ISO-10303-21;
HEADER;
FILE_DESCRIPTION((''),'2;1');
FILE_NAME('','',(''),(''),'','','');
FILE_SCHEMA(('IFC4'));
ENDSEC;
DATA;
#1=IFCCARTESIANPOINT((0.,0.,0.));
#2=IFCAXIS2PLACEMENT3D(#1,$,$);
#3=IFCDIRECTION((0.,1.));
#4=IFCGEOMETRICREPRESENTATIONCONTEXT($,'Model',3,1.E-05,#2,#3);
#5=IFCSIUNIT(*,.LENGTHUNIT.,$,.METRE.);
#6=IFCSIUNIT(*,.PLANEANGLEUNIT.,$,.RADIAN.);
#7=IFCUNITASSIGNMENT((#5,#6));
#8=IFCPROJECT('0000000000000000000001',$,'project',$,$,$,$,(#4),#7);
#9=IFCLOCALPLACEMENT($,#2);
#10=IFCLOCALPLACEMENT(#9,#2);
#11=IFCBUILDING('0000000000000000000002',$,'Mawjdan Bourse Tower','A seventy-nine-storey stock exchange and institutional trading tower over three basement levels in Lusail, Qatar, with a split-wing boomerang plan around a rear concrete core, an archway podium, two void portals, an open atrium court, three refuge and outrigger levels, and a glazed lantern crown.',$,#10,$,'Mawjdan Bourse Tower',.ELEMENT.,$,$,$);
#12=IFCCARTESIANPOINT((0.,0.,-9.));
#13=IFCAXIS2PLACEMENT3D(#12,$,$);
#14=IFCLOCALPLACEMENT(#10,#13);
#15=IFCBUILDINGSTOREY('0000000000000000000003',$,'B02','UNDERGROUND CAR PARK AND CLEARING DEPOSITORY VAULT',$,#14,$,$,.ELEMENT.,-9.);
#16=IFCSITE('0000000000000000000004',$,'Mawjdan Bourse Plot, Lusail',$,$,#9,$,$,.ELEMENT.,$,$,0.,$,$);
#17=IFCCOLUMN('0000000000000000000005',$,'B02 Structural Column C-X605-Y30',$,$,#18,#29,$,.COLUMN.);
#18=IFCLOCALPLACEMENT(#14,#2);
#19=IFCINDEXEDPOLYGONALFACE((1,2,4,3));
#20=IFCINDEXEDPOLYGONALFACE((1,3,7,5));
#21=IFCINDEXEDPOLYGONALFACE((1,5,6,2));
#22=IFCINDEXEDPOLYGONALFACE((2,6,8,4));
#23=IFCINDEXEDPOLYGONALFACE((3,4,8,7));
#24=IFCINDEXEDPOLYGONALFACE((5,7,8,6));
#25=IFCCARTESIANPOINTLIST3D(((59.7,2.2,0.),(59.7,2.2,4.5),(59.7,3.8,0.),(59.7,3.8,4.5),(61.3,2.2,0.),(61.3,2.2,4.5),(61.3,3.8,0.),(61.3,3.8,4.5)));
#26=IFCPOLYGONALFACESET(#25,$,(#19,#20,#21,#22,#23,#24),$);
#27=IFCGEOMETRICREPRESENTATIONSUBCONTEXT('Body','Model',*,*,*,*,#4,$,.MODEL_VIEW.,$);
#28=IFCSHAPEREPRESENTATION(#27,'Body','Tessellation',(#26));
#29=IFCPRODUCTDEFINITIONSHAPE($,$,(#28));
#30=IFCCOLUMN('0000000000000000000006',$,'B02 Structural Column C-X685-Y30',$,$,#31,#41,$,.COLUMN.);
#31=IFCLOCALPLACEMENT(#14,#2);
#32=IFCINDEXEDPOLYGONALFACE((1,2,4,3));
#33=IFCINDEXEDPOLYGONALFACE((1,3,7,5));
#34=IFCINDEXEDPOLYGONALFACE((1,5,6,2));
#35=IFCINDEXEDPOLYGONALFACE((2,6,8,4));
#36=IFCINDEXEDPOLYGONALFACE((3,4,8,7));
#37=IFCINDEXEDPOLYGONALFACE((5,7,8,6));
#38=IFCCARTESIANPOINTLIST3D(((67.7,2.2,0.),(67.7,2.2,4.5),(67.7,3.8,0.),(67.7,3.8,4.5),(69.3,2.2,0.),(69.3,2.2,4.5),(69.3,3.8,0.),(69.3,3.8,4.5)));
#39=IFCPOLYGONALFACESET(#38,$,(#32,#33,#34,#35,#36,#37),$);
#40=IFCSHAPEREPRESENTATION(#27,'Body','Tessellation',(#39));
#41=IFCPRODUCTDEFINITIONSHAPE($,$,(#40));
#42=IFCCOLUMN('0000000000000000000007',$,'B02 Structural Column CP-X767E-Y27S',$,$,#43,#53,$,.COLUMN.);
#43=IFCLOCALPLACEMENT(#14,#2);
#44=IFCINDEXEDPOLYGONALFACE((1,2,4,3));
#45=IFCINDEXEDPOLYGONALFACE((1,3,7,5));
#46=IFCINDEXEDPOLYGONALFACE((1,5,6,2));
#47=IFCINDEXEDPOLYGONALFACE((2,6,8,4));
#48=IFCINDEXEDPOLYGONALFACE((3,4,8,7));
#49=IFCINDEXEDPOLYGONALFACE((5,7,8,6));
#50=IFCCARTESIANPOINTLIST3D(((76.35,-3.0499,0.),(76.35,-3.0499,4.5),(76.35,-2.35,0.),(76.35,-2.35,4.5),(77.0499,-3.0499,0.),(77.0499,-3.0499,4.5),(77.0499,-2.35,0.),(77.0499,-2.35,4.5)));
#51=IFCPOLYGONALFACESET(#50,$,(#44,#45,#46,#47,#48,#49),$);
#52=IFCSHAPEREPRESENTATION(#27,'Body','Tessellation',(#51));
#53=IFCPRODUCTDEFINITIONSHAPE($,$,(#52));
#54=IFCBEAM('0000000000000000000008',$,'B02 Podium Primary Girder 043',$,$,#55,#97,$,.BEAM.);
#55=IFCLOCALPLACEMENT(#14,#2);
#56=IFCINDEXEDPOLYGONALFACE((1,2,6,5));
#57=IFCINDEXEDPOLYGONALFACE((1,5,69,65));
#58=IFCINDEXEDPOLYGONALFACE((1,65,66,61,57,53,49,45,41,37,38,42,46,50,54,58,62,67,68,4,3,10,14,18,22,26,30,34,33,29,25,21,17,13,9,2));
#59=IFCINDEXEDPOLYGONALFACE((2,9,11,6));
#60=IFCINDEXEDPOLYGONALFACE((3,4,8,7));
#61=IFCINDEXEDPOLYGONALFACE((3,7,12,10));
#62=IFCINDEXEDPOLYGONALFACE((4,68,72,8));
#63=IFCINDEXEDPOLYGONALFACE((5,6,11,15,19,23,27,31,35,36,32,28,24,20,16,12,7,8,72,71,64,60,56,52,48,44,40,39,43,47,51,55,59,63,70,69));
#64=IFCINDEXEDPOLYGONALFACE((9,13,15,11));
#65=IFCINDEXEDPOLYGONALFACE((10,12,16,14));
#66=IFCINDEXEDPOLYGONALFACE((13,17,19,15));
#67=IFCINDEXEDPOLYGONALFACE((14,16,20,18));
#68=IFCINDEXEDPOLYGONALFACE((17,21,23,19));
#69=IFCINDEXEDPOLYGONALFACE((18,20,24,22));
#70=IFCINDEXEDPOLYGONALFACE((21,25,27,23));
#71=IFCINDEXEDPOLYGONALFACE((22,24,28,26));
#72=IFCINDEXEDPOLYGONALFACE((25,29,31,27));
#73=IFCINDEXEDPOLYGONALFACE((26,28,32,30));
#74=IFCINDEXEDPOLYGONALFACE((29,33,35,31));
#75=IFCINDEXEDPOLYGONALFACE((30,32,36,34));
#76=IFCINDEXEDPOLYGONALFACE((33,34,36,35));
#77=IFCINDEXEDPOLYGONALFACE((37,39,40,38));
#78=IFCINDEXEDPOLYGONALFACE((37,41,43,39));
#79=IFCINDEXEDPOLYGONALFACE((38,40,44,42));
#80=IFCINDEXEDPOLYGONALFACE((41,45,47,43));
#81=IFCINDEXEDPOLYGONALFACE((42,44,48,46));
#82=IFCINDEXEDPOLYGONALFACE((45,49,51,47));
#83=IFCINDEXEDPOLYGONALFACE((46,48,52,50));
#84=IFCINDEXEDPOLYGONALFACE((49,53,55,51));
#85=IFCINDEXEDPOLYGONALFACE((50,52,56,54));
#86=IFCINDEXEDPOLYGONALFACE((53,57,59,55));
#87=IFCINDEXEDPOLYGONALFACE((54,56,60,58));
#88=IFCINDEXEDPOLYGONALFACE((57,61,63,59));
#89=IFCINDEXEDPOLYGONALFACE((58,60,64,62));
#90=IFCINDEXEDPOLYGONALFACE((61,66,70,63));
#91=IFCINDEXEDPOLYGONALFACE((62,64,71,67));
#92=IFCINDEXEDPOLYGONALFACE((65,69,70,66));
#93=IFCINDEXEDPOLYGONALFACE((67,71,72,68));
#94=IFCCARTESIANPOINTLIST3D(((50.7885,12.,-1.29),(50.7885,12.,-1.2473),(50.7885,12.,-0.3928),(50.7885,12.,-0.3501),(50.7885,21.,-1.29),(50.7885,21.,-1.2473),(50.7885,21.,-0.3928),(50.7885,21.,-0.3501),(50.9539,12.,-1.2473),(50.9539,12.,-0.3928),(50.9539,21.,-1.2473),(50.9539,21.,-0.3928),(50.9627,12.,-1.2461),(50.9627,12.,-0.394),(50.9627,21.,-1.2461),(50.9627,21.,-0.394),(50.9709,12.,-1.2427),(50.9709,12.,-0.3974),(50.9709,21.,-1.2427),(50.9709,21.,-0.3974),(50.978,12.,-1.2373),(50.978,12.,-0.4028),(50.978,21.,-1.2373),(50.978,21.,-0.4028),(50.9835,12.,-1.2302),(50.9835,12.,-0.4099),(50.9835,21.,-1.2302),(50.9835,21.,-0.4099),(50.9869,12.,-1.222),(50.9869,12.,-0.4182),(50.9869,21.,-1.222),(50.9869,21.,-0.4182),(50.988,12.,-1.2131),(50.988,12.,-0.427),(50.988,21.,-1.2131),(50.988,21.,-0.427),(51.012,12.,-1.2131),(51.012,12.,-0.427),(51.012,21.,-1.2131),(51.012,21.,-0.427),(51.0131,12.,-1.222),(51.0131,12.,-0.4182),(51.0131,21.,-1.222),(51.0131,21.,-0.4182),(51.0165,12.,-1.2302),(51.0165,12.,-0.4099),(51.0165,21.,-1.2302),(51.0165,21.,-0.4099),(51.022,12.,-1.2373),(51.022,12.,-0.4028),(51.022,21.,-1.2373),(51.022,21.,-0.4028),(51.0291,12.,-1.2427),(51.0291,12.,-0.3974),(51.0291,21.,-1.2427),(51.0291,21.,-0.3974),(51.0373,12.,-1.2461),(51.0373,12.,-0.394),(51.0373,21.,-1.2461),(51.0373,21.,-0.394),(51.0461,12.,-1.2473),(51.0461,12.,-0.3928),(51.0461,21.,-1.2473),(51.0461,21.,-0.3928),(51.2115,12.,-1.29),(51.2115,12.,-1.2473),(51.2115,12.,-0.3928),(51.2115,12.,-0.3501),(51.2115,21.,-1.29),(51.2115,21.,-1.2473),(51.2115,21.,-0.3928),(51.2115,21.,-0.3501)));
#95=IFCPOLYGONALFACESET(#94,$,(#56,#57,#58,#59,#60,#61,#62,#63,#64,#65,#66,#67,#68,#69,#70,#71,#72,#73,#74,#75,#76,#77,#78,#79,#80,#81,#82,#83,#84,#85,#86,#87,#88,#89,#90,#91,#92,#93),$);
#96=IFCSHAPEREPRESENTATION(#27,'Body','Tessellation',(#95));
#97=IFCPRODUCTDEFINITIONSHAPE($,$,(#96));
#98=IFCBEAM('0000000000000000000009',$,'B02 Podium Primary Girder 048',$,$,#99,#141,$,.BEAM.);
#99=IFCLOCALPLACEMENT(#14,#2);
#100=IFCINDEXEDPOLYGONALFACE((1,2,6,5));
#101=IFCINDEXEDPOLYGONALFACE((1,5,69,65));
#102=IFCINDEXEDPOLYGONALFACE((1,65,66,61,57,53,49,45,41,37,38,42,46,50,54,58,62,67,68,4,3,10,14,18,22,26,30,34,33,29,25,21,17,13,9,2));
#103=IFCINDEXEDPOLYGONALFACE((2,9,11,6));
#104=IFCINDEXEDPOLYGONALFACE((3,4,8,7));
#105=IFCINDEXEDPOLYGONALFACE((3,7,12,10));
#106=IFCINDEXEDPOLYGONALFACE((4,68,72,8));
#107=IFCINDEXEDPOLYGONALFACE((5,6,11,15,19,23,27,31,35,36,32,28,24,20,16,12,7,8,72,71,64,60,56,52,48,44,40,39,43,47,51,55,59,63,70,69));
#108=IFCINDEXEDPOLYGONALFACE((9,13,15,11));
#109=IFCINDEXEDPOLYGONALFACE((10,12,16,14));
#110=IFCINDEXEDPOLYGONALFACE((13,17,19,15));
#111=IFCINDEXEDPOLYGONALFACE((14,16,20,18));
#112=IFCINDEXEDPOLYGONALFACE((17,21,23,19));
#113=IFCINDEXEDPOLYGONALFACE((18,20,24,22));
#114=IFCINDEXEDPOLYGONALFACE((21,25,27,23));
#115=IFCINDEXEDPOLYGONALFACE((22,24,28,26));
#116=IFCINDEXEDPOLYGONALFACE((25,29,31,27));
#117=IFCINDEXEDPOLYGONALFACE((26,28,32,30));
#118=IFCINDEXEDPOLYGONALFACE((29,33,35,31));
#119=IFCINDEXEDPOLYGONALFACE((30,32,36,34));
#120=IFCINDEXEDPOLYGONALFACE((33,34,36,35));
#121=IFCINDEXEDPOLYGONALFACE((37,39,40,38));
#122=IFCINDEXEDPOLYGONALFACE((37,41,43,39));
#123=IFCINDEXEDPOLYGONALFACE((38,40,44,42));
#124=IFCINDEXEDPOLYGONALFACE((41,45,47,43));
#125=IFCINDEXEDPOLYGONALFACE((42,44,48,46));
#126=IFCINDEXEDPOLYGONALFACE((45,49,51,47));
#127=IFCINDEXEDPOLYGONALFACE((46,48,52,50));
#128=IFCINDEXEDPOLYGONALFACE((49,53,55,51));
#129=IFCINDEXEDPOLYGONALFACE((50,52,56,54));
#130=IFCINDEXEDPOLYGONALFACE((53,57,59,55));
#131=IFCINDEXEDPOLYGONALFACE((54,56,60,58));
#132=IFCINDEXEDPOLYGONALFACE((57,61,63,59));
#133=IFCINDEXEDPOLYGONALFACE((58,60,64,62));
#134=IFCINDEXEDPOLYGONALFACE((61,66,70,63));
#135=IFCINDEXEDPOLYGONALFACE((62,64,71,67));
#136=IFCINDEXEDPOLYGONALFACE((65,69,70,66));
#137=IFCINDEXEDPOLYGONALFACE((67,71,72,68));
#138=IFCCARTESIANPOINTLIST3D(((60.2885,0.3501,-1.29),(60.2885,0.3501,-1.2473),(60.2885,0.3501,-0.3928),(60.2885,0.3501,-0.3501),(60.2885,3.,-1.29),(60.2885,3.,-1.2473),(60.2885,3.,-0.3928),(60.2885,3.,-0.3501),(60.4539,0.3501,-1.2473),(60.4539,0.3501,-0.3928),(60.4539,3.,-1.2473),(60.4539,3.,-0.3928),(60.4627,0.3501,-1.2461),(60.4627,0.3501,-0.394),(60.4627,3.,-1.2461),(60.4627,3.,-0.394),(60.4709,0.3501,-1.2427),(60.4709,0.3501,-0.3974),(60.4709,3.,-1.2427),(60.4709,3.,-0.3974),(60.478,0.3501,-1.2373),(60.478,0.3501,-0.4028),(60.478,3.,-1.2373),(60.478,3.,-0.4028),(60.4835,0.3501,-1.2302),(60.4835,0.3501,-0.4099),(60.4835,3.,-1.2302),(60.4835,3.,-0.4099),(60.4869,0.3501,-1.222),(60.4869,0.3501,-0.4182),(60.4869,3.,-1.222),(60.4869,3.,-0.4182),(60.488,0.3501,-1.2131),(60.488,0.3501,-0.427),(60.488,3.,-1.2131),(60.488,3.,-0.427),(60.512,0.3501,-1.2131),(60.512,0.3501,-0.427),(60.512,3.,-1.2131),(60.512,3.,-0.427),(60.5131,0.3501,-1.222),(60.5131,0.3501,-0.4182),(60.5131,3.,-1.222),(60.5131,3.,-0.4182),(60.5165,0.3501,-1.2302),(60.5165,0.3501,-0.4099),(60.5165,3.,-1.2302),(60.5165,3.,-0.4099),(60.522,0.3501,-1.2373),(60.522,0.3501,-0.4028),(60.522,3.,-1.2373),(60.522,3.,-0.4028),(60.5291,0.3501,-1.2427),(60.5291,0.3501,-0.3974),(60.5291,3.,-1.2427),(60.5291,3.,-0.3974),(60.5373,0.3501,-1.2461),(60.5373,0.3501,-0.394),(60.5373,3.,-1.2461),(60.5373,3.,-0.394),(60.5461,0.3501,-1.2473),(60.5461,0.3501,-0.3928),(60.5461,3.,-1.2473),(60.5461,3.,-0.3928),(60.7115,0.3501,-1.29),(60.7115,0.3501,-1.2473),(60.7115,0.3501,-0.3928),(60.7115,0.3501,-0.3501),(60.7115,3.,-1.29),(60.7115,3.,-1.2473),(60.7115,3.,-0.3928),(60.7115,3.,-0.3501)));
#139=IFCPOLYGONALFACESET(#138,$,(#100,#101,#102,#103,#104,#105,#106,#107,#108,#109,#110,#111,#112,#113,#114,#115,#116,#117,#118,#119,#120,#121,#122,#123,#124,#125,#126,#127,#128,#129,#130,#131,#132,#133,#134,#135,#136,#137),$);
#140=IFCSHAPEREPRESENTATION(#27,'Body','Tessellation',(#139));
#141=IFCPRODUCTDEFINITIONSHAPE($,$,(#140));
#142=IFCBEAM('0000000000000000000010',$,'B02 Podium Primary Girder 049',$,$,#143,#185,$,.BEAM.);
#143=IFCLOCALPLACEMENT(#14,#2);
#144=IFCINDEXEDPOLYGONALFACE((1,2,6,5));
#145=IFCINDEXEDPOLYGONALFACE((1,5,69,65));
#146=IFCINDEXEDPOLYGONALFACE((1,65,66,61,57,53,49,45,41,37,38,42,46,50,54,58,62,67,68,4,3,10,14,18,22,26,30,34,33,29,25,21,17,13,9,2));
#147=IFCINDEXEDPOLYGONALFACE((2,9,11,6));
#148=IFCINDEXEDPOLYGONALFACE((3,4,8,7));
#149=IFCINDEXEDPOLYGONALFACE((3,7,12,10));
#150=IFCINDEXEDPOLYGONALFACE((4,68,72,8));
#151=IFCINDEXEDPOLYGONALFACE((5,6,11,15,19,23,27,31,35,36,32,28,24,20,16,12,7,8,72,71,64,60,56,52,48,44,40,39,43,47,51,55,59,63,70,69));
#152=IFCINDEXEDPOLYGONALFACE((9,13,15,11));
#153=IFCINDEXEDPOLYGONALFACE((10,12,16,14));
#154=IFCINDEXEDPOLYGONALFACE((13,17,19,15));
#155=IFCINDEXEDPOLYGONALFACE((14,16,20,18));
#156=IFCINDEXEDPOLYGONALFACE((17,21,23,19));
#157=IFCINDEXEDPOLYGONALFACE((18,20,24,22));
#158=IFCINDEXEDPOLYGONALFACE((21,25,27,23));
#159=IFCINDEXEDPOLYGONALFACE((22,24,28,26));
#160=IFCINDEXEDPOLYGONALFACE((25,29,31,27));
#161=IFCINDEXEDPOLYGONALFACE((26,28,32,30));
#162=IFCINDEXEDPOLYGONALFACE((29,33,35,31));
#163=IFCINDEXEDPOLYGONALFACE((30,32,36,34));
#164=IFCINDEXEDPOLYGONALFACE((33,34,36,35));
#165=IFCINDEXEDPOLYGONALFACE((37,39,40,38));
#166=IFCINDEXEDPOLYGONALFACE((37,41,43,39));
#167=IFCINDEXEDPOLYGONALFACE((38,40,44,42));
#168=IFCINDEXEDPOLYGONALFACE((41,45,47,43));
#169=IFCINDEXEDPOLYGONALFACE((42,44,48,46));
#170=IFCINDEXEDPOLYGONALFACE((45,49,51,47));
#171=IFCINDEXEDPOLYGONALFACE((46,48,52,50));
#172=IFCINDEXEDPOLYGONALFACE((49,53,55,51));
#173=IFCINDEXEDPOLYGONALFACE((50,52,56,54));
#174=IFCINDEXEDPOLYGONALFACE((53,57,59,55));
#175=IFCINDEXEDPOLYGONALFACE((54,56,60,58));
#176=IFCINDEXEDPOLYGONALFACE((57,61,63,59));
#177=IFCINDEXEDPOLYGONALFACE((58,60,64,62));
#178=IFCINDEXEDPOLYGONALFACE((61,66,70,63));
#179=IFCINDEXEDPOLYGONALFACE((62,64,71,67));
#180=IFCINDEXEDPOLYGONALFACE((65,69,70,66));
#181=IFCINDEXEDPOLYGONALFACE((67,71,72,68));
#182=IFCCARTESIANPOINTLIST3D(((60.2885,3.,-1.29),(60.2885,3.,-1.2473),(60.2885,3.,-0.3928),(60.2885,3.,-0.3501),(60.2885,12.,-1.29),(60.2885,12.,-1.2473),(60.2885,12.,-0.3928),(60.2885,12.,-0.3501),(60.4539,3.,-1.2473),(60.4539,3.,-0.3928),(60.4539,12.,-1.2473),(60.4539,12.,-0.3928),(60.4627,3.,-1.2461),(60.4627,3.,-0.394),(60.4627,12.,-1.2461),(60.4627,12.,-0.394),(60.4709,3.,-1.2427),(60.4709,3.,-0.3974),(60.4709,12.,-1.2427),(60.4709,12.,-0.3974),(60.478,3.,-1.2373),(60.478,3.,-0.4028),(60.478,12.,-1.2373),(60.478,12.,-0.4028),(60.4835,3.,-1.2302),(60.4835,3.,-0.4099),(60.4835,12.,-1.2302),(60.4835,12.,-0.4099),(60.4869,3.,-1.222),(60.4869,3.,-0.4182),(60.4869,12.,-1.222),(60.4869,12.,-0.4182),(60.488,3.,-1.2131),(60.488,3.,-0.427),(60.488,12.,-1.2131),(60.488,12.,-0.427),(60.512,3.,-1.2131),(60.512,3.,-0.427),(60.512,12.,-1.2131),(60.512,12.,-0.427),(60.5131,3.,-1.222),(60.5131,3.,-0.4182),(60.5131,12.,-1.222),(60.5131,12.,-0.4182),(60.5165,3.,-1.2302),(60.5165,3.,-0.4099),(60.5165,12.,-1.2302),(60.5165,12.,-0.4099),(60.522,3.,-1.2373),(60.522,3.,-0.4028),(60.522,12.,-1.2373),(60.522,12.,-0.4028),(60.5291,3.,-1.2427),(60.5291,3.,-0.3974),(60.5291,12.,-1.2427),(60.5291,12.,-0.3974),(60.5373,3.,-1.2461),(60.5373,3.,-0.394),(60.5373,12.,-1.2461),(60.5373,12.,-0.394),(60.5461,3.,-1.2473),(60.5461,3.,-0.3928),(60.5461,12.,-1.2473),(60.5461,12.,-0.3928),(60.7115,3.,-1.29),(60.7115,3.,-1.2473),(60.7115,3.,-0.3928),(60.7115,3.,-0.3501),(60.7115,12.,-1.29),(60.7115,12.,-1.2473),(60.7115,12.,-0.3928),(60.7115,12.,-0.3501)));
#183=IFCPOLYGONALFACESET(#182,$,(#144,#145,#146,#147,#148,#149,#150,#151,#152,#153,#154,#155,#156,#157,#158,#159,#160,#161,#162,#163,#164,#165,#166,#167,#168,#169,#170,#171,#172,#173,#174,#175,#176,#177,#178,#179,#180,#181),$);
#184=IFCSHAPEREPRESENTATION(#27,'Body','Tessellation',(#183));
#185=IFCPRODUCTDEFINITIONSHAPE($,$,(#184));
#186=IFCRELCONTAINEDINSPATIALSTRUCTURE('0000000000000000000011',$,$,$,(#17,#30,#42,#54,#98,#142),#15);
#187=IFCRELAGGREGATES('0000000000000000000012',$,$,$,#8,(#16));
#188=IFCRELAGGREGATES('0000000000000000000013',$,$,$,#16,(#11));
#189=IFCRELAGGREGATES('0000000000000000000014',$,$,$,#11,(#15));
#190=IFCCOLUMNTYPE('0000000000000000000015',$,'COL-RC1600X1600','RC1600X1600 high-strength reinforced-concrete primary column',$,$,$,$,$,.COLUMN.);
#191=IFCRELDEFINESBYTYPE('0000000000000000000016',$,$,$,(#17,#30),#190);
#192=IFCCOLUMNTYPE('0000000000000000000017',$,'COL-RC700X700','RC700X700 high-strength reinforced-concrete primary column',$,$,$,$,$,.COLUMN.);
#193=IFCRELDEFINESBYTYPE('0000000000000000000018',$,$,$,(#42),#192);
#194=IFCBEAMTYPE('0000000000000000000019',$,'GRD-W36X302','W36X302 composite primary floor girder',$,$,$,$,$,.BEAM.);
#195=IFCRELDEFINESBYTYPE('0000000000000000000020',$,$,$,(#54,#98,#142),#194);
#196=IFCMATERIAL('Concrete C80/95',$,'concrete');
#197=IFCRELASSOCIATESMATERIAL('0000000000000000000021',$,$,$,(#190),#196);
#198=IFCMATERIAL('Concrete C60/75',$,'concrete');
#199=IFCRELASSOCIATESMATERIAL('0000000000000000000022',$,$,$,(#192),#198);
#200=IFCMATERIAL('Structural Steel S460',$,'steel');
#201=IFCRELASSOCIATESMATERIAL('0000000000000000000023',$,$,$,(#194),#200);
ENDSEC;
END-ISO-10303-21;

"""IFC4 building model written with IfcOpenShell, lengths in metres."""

from ifc_helpers import new_model, si_unit, direction, frame, origin, origin_2d, place, context, subcontext, project, spatial, rectangle, i_section, extrude, material, material_profile, profile_set, type_object, element, save


model = new_model("IFC4")

# Units and contexts
model_context = context("Model", 3, precision=1e-05, world=origin(), true_north=direction((0.0, 1.0)))
body_context = subcontext(model_context, "Body", "Model", "MODEL_VIEW")
ifc_project = project(units=[si_unit("LENGTHUNIT", "METRE"), si_unit("PLANEANGLEUNIT", "RADIAN")], contexts=[model_context])

# Site, building, storey
site_placement = place(None, origin())
site = spatial("IfcSite", under=ifc_project, at=site_placement, Name="Mawjdan Bourse Plot, Lusail", CompositionType="ELEMENT", RefElevation=0.0)
building_placement = place(site_placement, origin())
building = spatial("IfcBuilding", under=site, at=building_placement, Name="Mawjdan Bourse Tower", Description="A seventy-nine-storey stock exchange and institutional trading tower over three basement levels in Lusail, Qatar, with a split-wing boomerang plan around a rear concrete core, an archway podium, two void portals, an open atrium court, three refuge and outrigger levels, and a glazed lantern crown.", LongName="Mawjdan Bourse Tower", CompositionType="ELEMENT")
storey_placement = place(building_placement, frame((0.0, 0.0, -9.0)))
storey = spatial("IfcBuildingStorey", under=building, at=storey_placement, Name="B02", Description="UNDERGROUND CAR PARK AND CLEARING DEPOSITORY VAULT", CompositionType="ELEMENT", Elevation=-9.0)

# Columns
ifc_material_1 = material(Name="Concrete C80/95", Category="concrete")
ifc_material_profile_1 = material_profile(ifc_material_1, rectangle(XDim=1.6001, YDim=1.6001, at=origin_2d()), Name="RC1600X1600")
ifc_profile_set_1 = profile_set([ifc_material_profile_1], Name="Concrete C80/95")
column_type_1 = type_object("IfcColumnType", Name="COL-RC1600X1600", Description="RC1600X1600 high-strength reinforced-concrete primary column", PredefinedType="COLUMN", material=ifc_profile_set_1)
for number, where, z_axis, x_axis, name in (
    (1, (60.5, 3.0, 0.0), (0.0, 0.0, 1.0), (1.0, 0.0, 0.0), "B02 Structural Column C-X605-Y30"),
    (2, (68.5, 3.0, 0.0), (0.0, 0.0, 1.0), (1.0, 0.0, 0.0), "B02 Structural Column C-X685-Y30"),
):
    element("IfcColumn", number, at=place(storey_placement, frame(where, z_axis=z_axis, x_axis=x_axis)), inside=storey, type_object=column_type_1, Name=name, PredefinedType="COLUMN", context=body_context, shape_type="SweptSolid", body=[
        extrude(rectangle(XDim=1.6001, YDim=1.6001, at=origin_2d()), origin(), (0.0, 0.0, 1.0), 4.5),
    ])
ifc_material_2 = material(Name="Concrete C60/75", Category="concrete")
ifc_material_profile_2 = material_profile(ifc_material_2, rectangle(XDim=0.7, YDim=0.7, at=origin_2d()), Name="RC700X700")
ifc_profile_set_2 = profile_set([ifc_material_profile_2], Name="Concrete C60/75")
column_type_2 = type_object("IfcColumnType", Name="COL-RC700X700", Description="RC700X700 high-strength reinforced-concrete primary column", PredefinedType="COLUMN", material=ifc_profile_set_2)
column_placement = place(storey_placement, frame((76.7, -2.7, 0.0), z_axis=(0.0, 0.0, 1.0), x_axis=(1.0, 0.0, 0.0)))
element("IfcColumn", 3, at=column_placement, inside=storey, type_object=column_type_2, Name="B02 Structural Column CP-X767E-Y27S", PredefinedType="COLUMN", context=body_context, shape_type="SweptSolid", body=[
    extrude(rectangle(XDim=0.7, YDim=0.7, at=origin_2d()), origin(), (0.0, 0.0, 1.0), 4.5),
])

# Beams
ifc_material_3 = material(Name="Structural Steel S460", Category="steel")
ifc_material_profile_3 = material_profile(ifc_material_3, i_section(OverallWidth=0.4231, OverallDepth=0.9399, WebThickness=0.0239, FlangeThickness=0.0427, FilletRadius=0.0342, at=origin_2d()), Name="W36X302")
ifc_profile_set_3 = profile_set([ifc_material_profile_3], Name="Structural Steel S460")
beam_type_1 = type_object("IfcBeamType", Name="GRD-W36X302", Description="W36X302 composite primary floor girder", PredefinedType="BEAM", material=ifc_profile_set_3)
beam_1_placement = place(storey_placement, frame((51.0, 12.0, -0.8201), z_axis=(0.0, 1.0, 0.0), x_axis=(-1.0, 0.0, 0.0)))
element("IfcBeam", 4, at=beam_1_placement, inside=storey, type_object=beam_type_1, Name="B02 Podium Primary Girder 043", PredefinedType="BEAM", context=body_context, shape_type="SweptSolid", body=[
    extrude(i_section(OverallWidth=0.4231, OverallDepth=0.9399, WebThickness=0.0239, FlangeThickness=0.0427, FilletRadius=0.0342, at=origin_2d()), origin(), (0.0, 0.0, 1.0), 9.0),
])
beam_2_placement = place(storey_placement, frame((60.5, 0.3501, -0.8201), z_axis=(0.0, 1.0, 0.0), x_axis=(-1.0, 0.0, 0.0)))
element("IfcBeam", 5, at=beam_2_placement, inside=storey, type_object=beam_type_1, Name="B02 Podium Primary Girder 048", PredefinedType="BEAM", context=body_context, shape_type="SweptSolid", body=[
    extrude(i_section(OverallWidth=0.4231, OverallDepth=0.9399, WebThickness=0.0239, FlangeThickness=0.0427, FilletRadius=0.0342, at=origin_2d()), origin(), (0.0, 0.0, 1.0), 2.6499),
])
beam_3_placement = place(storey_placement, frame((60.5, 3.0, -0.8201), z_axis=(0.0, 1.0, 0.0), x_axis=(-1.0, 0.0, 0.0)))
element("IfcBeam", 6, at=beam_3_placement, inside=storey, type_object=beam_type_1, Name="B02 Podium Primary Girder 049", PredefinedType="BEAM", context=body_context, shape_type="SweptSolid", body=[
    extrude(i_section(OverallWidth=0.4231, OverallDepth=0.9399, WebThickness=0.0239, FlangeThickness=0.0427, FilletRadius=0.0342, at=origin_2d()), origin(), (0.0, 0.0, 1.0), 9.0),
])

save(model, "model.ifc")
